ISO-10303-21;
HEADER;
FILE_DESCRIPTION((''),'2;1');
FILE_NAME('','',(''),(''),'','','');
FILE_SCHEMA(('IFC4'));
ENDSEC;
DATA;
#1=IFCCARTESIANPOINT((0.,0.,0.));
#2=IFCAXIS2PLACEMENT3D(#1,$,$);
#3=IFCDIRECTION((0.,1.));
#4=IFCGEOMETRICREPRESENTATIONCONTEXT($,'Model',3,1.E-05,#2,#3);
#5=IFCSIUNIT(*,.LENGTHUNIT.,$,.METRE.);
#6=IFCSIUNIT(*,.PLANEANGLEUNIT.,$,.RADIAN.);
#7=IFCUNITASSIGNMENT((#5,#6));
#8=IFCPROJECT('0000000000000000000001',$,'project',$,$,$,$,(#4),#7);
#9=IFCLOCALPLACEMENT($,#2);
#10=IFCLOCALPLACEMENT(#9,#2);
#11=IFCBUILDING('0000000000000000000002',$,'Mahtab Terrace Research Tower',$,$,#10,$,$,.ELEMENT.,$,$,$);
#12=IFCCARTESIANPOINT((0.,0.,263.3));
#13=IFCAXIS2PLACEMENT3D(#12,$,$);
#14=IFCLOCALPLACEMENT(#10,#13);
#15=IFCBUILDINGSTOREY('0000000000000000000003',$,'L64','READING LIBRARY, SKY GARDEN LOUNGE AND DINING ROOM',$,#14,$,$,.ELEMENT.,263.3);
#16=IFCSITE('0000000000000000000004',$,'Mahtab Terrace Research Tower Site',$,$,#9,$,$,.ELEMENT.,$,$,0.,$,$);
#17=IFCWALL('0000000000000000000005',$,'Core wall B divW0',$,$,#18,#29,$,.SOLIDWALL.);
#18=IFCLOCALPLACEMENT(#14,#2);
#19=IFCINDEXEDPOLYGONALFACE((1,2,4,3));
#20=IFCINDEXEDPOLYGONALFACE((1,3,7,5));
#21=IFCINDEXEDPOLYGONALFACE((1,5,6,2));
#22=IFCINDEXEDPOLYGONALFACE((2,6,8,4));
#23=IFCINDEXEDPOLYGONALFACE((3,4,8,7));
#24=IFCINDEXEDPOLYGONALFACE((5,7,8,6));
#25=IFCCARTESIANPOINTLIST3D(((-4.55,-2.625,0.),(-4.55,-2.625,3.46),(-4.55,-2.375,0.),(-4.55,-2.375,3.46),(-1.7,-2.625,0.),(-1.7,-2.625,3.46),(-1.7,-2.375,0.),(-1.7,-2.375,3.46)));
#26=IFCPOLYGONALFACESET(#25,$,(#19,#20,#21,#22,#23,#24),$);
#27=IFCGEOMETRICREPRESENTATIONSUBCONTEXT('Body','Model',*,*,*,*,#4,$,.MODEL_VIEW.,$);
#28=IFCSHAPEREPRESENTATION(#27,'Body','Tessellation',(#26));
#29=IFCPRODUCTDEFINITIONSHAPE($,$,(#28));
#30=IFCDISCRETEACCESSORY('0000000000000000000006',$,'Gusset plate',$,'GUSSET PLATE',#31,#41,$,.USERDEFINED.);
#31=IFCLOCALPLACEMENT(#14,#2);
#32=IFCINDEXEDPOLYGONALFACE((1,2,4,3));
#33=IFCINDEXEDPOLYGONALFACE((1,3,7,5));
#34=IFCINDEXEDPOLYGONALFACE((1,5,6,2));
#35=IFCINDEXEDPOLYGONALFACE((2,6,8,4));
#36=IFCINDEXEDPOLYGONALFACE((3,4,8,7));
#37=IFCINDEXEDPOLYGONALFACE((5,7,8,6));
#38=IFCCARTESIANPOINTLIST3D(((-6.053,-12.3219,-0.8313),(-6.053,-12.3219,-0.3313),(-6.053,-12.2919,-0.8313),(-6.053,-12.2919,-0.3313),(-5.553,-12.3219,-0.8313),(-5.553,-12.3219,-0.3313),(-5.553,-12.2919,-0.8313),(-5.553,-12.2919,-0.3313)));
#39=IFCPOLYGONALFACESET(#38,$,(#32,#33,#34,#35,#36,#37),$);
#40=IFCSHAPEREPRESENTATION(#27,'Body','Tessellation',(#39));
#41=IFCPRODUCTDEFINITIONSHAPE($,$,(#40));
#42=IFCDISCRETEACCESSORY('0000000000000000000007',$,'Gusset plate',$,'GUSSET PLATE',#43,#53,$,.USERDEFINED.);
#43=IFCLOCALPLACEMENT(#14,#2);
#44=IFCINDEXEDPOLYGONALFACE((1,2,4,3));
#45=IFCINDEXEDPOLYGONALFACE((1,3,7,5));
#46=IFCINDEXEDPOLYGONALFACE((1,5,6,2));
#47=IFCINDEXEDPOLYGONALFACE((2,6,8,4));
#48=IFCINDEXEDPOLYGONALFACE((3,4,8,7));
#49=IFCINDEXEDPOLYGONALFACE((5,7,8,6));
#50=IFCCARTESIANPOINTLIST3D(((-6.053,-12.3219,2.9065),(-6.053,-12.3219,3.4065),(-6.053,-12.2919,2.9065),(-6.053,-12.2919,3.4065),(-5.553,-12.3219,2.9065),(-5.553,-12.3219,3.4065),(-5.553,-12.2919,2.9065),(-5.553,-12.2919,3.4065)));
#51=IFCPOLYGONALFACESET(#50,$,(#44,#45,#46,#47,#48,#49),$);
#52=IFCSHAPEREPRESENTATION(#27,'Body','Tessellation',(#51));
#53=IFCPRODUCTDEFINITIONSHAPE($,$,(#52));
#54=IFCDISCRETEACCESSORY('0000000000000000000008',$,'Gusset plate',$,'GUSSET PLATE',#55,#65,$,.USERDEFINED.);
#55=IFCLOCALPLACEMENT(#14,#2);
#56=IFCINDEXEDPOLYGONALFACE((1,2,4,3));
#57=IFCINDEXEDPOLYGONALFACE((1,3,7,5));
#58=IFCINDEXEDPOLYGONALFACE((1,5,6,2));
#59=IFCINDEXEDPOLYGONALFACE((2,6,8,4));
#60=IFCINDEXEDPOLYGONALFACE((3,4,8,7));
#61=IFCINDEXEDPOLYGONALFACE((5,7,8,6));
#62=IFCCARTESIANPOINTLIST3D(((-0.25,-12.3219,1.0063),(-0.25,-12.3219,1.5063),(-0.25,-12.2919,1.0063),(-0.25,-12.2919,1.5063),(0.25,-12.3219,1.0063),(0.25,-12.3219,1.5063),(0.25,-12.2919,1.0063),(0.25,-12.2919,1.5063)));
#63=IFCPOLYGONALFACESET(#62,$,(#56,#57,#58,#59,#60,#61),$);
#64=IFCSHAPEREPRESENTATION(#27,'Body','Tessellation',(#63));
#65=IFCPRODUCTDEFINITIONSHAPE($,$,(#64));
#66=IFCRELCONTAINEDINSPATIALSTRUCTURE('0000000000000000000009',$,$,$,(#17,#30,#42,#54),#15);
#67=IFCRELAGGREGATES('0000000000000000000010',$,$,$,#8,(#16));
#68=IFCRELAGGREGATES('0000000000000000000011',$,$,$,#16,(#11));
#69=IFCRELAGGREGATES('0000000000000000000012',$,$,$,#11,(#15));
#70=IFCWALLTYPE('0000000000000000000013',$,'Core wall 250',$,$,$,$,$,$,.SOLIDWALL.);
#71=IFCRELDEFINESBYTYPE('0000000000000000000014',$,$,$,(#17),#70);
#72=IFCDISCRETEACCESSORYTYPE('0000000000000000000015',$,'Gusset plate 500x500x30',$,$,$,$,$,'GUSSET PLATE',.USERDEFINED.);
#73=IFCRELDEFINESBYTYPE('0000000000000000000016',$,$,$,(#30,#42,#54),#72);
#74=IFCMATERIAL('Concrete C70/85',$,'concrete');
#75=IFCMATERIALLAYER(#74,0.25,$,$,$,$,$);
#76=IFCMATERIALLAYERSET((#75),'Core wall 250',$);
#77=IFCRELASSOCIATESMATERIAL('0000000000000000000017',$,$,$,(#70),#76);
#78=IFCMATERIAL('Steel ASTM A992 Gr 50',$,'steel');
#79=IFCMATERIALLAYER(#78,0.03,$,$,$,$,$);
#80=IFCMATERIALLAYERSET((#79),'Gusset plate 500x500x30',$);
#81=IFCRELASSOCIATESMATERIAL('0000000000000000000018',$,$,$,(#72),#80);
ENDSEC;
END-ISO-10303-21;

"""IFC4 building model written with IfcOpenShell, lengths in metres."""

from ifc_helpers import new_model, si_unit, direction, frame, frame_2d, origin, origin_2d, place, context, subcontext, project, spatial, rectangle, extrude, material, layer, layer_set, type_object, element, save


model = new_model("IFC4")

# Units and contexts
model_context = context("Model", 3, precision=1e-05, world=origin(), true_north=direction((0.0, 1.0)))
body_context = subcontext(model_context, "Body", "Model", "MODEL_VIEW")
ifc_project = project(units=[si_unit("LENGTHUNIT", "METRE"), si_unit("PLANEANGLEUNIT", "RADIAN")], contexts=[model_context])

# Site, building, storey
site_placement = place(None, origin())
site = spatial("IfcSite", under=ifc_project, at=site_placement, Name="Mahtab Terrace Research Tower Site", CompositionType="ELEMENT", RefElevation=0.0)
building_placement = place(site_placement, origin())
building = spatial("IfcBuilding", under=site, at=building_placement, Name="Mahtab Terrace Research Tower", CompositionType="ELEMENT")
storey_placement = place(building_placement, frame((0.0, 0.0, 263.3)))
storey = spatial("IfcBuildingStorey", under=building, at=storey_placement, Name="L64", Description="READING LIBRARY, SKY GARDEN LOUNGE AND DINING ROOM", CompositionType="ELEMENT", Elevation=263.3)

# Shared definitions
ifc_material_1 = material(Name="Concrete C70/85", Category="concrete")
ifc_material_2 = material(Name="Steel ASTM A992 Gr 50", Category="steel")

# Shared definitions
ifc_layer_1 = layer(ifc_material_1, 0.25)
ifc_layer_set_1 = layer_set([ifc_layer_1], Name="Core wall 250")
wall_type_1 = type_object("IfcWallType", Name="Core wall 250", PredefinedType="SOLIDWALL", material=ifc_layer_set_1)

# Wall
wall_1_placement = place(storey_placement, frame((-4.55, -2.5, 0.0), z_axis=(0.0, 0.0, 1.0), x_axis=(1.0, 0.0, 0.0)))
element("IfcWall", 1, at=wall_1_placement, inside=storey, type_object=wall_type_1, Name="Core wall B divW0", PredefinedType="SOLIDWALL", context=body_context, shape_type="SweptSolid", body=[
    extrude(rectangle(XDim=2.8501, YDim=0.25, at=frame_2d((1.425, 0.0))), origin(), (0.0, 0.0, 1.0), 3.46),
])

# Discrete accessories
ifc_layer_2 = layer(ifc_material_2, 0.03)
ifc_layer_set_2 = layer_set([ifc_layer_2], Name="Gusset plate 500x500x30")
discrete_accessory_type = type_object("IfcDiscreteAccessoryType", Name="Gusset plate 500x500x30", ElementType="GUSSET PLATE", PredefinedType="USERDEFINED", material=ifc_layer_set_2)
for number, where, z_axis, x_axis, name in (
    (2, (-5.803, -12.3069, -0.8313), (0.0, 0.0, 1.0), (1.0, 0.0, 0.0), "Gusset plate"),
    (3, (-5.803, -12.3069, 2.9065), (0.0, 0.0, 1.0), (1.0, 0.0, 0.0), "Gusset plate"),
    (4, (0.0, -12.3069, 1.0063), (0.0, 0.0, 1.0), (1.0, 0.0, 0.0), "Gusset plate"),
):
    element("IfcDiscreteAccessory", number, at=place(storey_placement, frame(where, z_axis=z_axis, x_axis=x_axis)), inside=storey, type_object=discrete_accessory_type, Name=name, ObjectType="GUSSET PLATE", PredefinedType="USERDEFINED", context=body_context, shape_type="SweptSolid", body=[
        extrude(rectangle(XDim=0.5, YDim=0.03, at=origin_2d()), origin(), (0.0, 0.0, 1.0), 0.5),
    ])

save(model, "model.ifc")
